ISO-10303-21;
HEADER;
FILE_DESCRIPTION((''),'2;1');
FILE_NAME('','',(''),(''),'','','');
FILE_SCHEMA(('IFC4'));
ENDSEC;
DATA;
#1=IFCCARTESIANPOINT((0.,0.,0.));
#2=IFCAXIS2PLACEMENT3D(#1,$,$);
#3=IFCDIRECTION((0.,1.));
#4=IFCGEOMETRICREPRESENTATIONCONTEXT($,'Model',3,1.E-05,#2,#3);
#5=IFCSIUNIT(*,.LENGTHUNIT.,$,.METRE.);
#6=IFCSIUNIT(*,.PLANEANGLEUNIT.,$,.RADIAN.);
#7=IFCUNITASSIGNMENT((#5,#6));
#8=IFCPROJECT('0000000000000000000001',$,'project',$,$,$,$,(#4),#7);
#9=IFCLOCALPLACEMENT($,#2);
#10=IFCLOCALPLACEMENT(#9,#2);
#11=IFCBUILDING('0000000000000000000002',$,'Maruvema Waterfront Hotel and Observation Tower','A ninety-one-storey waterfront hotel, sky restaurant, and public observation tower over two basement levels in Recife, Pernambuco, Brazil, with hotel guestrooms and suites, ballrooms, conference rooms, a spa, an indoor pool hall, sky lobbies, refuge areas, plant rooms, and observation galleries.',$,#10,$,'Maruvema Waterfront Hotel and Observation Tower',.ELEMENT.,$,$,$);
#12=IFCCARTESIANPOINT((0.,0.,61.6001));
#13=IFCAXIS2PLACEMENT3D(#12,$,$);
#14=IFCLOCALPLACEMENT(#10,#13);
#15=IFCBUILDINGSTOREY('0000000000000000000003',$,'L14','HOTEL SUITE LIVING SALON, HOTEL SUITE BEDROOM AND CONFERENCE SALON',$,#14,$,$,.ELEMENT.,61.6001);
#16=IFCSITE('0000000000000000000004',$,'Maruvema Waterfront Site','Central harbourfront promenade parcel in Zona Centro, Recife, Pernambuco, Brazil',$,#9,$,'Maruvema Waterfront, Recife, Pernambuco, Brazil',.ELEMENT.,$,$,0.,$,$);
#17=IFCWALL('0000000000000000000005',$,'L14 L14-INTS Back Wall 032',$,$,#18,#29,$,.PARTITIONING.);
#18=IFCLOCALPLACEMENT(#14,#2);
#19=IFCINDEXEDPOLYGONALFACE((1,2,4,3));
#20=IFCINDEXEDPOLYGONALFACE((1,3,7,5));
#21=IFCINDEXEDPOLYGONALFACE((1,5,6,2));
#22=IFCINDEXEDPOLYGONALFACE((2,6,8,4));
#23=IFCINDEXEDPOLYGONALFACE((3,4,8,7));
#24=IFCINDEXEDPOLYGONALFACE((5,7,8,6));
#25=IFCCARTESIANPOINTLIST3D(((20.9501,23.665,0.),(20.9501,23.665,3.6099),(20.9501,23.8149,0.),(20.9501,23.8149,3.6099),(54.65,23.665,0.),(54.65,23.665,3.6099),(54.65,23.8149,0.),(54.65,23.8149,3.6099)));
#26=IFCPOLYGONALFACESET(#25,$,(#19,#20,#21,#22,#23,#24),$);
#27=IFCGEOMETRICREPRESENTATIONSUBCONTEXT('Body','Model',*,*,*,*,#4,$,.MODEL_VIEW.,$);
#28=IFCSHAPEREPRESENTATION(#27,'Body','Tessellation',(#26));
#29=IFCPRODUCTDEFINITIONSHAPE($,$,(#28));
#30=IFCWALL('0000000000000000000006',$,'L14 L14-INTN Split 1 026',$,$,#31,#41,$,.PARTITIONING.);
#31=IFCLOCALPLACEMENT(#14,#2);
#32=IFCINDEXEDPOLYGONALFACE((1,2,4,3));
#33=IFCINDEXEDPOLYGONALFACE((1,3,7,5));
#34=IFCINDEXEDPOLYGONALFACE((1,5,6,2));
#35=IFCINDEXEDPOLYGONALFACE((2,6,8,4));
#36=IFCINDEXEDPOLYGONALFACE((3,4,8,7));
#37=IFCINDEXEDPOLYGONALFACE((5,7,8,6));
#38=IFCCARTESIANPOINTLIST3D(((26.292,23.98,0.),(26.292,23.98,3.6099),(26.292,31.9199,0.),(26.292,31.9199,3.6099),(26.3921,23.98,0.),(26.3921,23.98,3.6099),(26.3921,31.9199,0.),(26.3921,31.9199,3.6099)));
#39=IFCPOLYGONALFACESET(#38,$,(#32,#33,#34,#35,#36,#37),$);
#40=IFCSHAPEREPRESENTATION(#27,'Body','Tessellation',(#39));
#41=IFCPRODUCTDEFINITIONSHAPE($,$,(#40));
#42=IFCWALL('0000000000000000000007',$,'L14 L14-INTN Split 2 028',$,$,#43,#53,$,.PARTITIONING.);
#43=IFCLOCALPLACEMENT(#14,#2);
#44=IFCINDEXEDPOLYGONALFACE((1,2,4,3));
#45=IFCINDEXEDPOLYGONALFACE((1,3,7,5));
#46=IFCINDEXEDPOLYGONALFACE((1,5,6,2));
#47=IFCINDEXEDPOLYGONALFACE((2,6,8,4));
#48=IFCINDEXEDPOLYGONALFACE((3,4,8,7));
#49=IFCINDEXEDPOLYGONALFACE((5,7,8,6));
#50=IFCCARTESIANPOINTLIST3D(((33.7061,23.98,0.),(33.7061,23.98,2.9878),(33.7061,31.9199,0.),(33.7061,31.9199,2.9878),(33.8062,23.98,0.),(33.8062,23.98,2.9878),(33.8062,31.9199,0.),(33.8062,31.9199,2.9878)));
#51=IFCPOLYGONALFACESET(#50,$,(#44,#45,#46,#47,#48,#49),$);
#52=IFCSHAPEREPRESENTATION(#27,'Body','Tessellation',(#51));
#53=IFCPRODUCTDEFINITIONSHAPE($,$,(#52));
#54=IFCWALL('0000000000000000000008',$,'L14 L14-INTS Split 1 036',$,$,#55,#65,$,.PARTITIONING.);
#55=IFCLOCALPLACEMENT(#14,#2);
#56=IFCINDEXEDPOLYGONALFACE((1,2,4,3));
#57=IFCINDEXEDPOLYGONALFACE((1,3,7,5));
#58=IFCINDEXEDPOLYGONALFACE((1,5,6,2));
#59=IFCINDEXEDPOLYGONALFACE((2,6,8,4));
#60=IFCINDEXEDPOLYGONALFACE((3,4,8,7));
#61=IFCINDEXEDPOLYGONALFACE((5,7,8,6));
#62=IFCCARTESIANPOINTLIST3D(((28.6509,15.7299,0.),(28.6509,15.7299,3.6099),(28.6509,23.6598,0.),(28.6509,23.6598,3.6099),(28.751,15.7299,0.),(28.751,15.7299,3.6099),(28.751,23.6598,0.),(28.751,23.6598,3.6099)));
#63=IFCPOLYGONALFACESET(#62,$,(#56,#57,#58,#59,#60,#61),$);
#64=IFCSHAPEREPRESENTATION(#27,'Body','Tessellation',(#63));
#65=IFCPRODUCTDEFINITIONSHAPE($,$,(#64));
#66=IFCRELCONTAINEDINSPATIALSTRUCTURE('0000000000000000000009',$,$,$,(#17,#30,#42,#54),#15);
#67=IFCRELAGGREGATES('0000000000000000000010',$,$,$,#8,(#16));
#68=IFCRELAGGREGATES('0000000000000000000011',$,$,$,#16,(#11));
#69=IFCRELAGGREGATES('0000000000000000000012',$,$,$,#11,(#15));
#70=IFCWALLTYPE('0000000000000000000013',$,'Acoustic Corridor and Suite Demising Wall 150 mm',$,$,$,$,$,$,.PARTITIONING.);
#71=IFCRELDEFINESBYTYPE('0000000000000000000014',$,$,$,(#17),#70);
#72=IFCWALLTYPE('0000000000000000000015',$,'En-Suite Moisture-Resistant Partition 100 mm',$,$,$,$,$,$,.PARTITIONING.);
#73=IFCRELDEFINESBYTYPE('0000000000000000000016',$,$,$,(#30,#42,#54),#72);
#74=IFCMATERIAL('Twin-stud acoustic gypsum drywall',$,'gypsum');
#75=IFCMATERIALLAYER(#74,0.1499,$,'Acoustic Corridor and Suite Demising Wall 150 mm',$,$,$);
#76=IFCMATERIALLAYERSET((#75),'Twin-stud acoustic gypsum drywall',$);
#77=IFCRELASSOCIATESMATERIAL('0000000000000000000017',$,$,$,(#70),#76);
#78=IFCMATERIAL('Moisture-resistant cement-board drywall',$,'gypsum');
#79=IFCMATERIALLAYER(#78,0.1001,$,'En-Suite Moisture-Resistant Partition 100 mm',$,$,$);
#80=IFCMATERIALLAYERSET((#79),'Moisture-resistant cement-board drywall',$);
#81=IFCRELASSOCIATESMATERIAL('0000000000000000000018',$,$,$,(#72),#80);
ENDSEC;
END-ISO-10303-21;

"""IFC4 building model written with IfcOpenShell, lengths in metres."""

from ifc_helpers import new_model, si_unit, direction, frame, frame_2d, origin, place, context, subcontext, project, spatial, rectangle, extrude, material, layer, layer_set, type_object, element, save


model = new_model("IFC4")

# Units and contexts
model_context = context("Model", 3, precision=1e-05, world=origin(), true_north=direction((0.0, 1.0)))
body_context = subcontext(model_context, "Body", "Model", "MODEL_VIEW")
ifc_project = project(units=[si_unit("LENGTHUNIT", "METRE"), si_unit("PLANEANGLEUNIT", "RADIAN")], contexts=[model_context])

# Site, building, storey
site_placement = place(None, origin())
site = spatial("IfcSite", under=ifc_project, at=site_placement, Name="Maruvema Waterfront Site", Description="Central harbourfront promenade parcel in Zona Centro, Recife, Pernambuco, Brazil", LongName="Maruvema Waterfront, Recife, Pernambuco, Brazil", CompositionType="ELEMENT", RefElevation=0.0)
building_placement = place(site_placement, origin())
building = spatial("IfcBuilding", under=site, at=building_placement, Name="Maruvema Waterfront Hotel and Observation Tower", Description="A ninety-one-storey waterfront hotel, sky restaurant, and public observation tower over two basement levels in Recife, Pernambuco, Brazil, with hotel guestrooms and suites, ballrooms, conference rooms, a spa, an indoor pool hall, sky lobbies, refuge areas, plant rooms, and observation galleries.", LongName="Maruvema Waterfront Hotel and Observation Tower", CompositionType="ELEMENT")
storey_placement = place(building_placement, frame((0.0, 0.0, 61.6001)))
storey = spatial("IfcBuildingStorey", under=building, at=storey_placement, Name="L14", Description="HOTEL SUITE LIVING SALON, HOTEL SUITE BEDROOM AND CONFERENCE SALON", CompositionType="ELEMENT", Elevation=61.6001)

# Wall
ifc_material_1 = material(Name="Twin-stud acoustic gypsum drywall", Category="gypsum")
ifc_layer_1 = layer(ifc_material_1, 0.1499, Name="Acoustic Corridor and Suite Demising Wall 150 mm")
ifc_layer_set_1 = layer_set([ifc_layer_1], Name="Twin-stud acoustic gypsum drywall")
wall_type_1 = type_object("IfcWallType", Name="Acoustic Corridor and Suite Demising Wall 150 mm", PredefinedType="PARTITIONING", material=ifc_layer_set_1)
wall_1_placement = place(storey_placement, frame((20.95, 23.74, 0.0), z_axis=(0.0, 0.0, 1.0), x_axis=(1.0, 0.0, 0.0)))
element("IfcWall", 1, at=wall_1_placement, inside=storey, type_object=wall_type_1, Name="L14 L14-INTS Back Wall 032", PredefinedType="PARTITIONING", context=body_context, shape_type="SweptSolid", body=[
    extrude(rectangle(XDim=33.7, YDim=0.1499, at=frame_2d((16.8501, 0.0))), origin(), (0.0, 0.0, 1.0), 3.6099),
])

# Walls
ifc_material_2 = material(Name="Moisture-resistant cement-board drywall", Category="gypsum")
ifc_layer_2 = layer(ifc_material_2, 0.1001, Name="En-Suite Moisture-Resistant Partition 100 mm")
ifc_layer_set_2 = layer_set([ifc_layer_2], Name="Moisture-resistant cement-board drywall")
wall_type_2 = type_object("IfcWallType", Name="En-Suite Moisture-Resistant Partition 100 mm", PredefinedType="PARTITIONING", material=ifc_layer_set_2)
wall_2_placement = place(storey_placement, frame((26.342, 23.98, 0.0), z_axis=(0.0, 0.0, 1.0), x_axis=(0.0, 1.0, 0.0)))
element("IfcWall", 2, at=wall_2_placement, inside=storey, type_object=wall_type_2, Name="L14 L14-INTN Split 1 026", PredefinedType="PARTITIONING", context=body_context, shape_type="SweptSolid", body=[
    extrude(rectangle(XDim=7.9399, YDim=0.1001, at=frame_2d((3.97, 0.0))), origin(), (0.0, 0.0, 1.0), 3.6099),
])
wall_3_placement = place(storey_placement, frame((33.7561, 23.98, 0.0), z_axis=(0.0, 0.0, 1.0), x_axis=(0.0, 1.0, 0.0)))
element("IfcWall", 3, at=wall_3_placement, inside=storey, type_object=wall_type_2, Name="L14 L14-INTN Split 2 028", PredefinedType="PARTITIONING", context=body_context, shape_type="SweptSolid", body=[
    extrude(rectangle(XDim=7.9399, YDim=0.1001, at=frame_2d((3.97, 0.0))), origin(), (0.0, 0.0, 1.0), 2.9878),
])
wall_4_placement = place(storey_placement, frame((28.7009, 15.73, 0.0), z_axis=(0.0, 0.0, 1.0), x_axis=(0.0, 1.0, 0.0)))
element("IfcWall", 4, at=wall_4_placement, inside=storey, type_object=wall_type_2, Name="L14 L14-INTS Split 1 036", PredefinedType="PARTITIONING", context=body_context, shape_type="SweptSolid", body=[
    extrude(rectangle(XDim=7.9299, YDim=0.1001, at=frame_2d((3.9648, 0.0))), origin(), (0.0, 0.0, 1.0), 3.6099),
])

save(model, "model.ifc")
